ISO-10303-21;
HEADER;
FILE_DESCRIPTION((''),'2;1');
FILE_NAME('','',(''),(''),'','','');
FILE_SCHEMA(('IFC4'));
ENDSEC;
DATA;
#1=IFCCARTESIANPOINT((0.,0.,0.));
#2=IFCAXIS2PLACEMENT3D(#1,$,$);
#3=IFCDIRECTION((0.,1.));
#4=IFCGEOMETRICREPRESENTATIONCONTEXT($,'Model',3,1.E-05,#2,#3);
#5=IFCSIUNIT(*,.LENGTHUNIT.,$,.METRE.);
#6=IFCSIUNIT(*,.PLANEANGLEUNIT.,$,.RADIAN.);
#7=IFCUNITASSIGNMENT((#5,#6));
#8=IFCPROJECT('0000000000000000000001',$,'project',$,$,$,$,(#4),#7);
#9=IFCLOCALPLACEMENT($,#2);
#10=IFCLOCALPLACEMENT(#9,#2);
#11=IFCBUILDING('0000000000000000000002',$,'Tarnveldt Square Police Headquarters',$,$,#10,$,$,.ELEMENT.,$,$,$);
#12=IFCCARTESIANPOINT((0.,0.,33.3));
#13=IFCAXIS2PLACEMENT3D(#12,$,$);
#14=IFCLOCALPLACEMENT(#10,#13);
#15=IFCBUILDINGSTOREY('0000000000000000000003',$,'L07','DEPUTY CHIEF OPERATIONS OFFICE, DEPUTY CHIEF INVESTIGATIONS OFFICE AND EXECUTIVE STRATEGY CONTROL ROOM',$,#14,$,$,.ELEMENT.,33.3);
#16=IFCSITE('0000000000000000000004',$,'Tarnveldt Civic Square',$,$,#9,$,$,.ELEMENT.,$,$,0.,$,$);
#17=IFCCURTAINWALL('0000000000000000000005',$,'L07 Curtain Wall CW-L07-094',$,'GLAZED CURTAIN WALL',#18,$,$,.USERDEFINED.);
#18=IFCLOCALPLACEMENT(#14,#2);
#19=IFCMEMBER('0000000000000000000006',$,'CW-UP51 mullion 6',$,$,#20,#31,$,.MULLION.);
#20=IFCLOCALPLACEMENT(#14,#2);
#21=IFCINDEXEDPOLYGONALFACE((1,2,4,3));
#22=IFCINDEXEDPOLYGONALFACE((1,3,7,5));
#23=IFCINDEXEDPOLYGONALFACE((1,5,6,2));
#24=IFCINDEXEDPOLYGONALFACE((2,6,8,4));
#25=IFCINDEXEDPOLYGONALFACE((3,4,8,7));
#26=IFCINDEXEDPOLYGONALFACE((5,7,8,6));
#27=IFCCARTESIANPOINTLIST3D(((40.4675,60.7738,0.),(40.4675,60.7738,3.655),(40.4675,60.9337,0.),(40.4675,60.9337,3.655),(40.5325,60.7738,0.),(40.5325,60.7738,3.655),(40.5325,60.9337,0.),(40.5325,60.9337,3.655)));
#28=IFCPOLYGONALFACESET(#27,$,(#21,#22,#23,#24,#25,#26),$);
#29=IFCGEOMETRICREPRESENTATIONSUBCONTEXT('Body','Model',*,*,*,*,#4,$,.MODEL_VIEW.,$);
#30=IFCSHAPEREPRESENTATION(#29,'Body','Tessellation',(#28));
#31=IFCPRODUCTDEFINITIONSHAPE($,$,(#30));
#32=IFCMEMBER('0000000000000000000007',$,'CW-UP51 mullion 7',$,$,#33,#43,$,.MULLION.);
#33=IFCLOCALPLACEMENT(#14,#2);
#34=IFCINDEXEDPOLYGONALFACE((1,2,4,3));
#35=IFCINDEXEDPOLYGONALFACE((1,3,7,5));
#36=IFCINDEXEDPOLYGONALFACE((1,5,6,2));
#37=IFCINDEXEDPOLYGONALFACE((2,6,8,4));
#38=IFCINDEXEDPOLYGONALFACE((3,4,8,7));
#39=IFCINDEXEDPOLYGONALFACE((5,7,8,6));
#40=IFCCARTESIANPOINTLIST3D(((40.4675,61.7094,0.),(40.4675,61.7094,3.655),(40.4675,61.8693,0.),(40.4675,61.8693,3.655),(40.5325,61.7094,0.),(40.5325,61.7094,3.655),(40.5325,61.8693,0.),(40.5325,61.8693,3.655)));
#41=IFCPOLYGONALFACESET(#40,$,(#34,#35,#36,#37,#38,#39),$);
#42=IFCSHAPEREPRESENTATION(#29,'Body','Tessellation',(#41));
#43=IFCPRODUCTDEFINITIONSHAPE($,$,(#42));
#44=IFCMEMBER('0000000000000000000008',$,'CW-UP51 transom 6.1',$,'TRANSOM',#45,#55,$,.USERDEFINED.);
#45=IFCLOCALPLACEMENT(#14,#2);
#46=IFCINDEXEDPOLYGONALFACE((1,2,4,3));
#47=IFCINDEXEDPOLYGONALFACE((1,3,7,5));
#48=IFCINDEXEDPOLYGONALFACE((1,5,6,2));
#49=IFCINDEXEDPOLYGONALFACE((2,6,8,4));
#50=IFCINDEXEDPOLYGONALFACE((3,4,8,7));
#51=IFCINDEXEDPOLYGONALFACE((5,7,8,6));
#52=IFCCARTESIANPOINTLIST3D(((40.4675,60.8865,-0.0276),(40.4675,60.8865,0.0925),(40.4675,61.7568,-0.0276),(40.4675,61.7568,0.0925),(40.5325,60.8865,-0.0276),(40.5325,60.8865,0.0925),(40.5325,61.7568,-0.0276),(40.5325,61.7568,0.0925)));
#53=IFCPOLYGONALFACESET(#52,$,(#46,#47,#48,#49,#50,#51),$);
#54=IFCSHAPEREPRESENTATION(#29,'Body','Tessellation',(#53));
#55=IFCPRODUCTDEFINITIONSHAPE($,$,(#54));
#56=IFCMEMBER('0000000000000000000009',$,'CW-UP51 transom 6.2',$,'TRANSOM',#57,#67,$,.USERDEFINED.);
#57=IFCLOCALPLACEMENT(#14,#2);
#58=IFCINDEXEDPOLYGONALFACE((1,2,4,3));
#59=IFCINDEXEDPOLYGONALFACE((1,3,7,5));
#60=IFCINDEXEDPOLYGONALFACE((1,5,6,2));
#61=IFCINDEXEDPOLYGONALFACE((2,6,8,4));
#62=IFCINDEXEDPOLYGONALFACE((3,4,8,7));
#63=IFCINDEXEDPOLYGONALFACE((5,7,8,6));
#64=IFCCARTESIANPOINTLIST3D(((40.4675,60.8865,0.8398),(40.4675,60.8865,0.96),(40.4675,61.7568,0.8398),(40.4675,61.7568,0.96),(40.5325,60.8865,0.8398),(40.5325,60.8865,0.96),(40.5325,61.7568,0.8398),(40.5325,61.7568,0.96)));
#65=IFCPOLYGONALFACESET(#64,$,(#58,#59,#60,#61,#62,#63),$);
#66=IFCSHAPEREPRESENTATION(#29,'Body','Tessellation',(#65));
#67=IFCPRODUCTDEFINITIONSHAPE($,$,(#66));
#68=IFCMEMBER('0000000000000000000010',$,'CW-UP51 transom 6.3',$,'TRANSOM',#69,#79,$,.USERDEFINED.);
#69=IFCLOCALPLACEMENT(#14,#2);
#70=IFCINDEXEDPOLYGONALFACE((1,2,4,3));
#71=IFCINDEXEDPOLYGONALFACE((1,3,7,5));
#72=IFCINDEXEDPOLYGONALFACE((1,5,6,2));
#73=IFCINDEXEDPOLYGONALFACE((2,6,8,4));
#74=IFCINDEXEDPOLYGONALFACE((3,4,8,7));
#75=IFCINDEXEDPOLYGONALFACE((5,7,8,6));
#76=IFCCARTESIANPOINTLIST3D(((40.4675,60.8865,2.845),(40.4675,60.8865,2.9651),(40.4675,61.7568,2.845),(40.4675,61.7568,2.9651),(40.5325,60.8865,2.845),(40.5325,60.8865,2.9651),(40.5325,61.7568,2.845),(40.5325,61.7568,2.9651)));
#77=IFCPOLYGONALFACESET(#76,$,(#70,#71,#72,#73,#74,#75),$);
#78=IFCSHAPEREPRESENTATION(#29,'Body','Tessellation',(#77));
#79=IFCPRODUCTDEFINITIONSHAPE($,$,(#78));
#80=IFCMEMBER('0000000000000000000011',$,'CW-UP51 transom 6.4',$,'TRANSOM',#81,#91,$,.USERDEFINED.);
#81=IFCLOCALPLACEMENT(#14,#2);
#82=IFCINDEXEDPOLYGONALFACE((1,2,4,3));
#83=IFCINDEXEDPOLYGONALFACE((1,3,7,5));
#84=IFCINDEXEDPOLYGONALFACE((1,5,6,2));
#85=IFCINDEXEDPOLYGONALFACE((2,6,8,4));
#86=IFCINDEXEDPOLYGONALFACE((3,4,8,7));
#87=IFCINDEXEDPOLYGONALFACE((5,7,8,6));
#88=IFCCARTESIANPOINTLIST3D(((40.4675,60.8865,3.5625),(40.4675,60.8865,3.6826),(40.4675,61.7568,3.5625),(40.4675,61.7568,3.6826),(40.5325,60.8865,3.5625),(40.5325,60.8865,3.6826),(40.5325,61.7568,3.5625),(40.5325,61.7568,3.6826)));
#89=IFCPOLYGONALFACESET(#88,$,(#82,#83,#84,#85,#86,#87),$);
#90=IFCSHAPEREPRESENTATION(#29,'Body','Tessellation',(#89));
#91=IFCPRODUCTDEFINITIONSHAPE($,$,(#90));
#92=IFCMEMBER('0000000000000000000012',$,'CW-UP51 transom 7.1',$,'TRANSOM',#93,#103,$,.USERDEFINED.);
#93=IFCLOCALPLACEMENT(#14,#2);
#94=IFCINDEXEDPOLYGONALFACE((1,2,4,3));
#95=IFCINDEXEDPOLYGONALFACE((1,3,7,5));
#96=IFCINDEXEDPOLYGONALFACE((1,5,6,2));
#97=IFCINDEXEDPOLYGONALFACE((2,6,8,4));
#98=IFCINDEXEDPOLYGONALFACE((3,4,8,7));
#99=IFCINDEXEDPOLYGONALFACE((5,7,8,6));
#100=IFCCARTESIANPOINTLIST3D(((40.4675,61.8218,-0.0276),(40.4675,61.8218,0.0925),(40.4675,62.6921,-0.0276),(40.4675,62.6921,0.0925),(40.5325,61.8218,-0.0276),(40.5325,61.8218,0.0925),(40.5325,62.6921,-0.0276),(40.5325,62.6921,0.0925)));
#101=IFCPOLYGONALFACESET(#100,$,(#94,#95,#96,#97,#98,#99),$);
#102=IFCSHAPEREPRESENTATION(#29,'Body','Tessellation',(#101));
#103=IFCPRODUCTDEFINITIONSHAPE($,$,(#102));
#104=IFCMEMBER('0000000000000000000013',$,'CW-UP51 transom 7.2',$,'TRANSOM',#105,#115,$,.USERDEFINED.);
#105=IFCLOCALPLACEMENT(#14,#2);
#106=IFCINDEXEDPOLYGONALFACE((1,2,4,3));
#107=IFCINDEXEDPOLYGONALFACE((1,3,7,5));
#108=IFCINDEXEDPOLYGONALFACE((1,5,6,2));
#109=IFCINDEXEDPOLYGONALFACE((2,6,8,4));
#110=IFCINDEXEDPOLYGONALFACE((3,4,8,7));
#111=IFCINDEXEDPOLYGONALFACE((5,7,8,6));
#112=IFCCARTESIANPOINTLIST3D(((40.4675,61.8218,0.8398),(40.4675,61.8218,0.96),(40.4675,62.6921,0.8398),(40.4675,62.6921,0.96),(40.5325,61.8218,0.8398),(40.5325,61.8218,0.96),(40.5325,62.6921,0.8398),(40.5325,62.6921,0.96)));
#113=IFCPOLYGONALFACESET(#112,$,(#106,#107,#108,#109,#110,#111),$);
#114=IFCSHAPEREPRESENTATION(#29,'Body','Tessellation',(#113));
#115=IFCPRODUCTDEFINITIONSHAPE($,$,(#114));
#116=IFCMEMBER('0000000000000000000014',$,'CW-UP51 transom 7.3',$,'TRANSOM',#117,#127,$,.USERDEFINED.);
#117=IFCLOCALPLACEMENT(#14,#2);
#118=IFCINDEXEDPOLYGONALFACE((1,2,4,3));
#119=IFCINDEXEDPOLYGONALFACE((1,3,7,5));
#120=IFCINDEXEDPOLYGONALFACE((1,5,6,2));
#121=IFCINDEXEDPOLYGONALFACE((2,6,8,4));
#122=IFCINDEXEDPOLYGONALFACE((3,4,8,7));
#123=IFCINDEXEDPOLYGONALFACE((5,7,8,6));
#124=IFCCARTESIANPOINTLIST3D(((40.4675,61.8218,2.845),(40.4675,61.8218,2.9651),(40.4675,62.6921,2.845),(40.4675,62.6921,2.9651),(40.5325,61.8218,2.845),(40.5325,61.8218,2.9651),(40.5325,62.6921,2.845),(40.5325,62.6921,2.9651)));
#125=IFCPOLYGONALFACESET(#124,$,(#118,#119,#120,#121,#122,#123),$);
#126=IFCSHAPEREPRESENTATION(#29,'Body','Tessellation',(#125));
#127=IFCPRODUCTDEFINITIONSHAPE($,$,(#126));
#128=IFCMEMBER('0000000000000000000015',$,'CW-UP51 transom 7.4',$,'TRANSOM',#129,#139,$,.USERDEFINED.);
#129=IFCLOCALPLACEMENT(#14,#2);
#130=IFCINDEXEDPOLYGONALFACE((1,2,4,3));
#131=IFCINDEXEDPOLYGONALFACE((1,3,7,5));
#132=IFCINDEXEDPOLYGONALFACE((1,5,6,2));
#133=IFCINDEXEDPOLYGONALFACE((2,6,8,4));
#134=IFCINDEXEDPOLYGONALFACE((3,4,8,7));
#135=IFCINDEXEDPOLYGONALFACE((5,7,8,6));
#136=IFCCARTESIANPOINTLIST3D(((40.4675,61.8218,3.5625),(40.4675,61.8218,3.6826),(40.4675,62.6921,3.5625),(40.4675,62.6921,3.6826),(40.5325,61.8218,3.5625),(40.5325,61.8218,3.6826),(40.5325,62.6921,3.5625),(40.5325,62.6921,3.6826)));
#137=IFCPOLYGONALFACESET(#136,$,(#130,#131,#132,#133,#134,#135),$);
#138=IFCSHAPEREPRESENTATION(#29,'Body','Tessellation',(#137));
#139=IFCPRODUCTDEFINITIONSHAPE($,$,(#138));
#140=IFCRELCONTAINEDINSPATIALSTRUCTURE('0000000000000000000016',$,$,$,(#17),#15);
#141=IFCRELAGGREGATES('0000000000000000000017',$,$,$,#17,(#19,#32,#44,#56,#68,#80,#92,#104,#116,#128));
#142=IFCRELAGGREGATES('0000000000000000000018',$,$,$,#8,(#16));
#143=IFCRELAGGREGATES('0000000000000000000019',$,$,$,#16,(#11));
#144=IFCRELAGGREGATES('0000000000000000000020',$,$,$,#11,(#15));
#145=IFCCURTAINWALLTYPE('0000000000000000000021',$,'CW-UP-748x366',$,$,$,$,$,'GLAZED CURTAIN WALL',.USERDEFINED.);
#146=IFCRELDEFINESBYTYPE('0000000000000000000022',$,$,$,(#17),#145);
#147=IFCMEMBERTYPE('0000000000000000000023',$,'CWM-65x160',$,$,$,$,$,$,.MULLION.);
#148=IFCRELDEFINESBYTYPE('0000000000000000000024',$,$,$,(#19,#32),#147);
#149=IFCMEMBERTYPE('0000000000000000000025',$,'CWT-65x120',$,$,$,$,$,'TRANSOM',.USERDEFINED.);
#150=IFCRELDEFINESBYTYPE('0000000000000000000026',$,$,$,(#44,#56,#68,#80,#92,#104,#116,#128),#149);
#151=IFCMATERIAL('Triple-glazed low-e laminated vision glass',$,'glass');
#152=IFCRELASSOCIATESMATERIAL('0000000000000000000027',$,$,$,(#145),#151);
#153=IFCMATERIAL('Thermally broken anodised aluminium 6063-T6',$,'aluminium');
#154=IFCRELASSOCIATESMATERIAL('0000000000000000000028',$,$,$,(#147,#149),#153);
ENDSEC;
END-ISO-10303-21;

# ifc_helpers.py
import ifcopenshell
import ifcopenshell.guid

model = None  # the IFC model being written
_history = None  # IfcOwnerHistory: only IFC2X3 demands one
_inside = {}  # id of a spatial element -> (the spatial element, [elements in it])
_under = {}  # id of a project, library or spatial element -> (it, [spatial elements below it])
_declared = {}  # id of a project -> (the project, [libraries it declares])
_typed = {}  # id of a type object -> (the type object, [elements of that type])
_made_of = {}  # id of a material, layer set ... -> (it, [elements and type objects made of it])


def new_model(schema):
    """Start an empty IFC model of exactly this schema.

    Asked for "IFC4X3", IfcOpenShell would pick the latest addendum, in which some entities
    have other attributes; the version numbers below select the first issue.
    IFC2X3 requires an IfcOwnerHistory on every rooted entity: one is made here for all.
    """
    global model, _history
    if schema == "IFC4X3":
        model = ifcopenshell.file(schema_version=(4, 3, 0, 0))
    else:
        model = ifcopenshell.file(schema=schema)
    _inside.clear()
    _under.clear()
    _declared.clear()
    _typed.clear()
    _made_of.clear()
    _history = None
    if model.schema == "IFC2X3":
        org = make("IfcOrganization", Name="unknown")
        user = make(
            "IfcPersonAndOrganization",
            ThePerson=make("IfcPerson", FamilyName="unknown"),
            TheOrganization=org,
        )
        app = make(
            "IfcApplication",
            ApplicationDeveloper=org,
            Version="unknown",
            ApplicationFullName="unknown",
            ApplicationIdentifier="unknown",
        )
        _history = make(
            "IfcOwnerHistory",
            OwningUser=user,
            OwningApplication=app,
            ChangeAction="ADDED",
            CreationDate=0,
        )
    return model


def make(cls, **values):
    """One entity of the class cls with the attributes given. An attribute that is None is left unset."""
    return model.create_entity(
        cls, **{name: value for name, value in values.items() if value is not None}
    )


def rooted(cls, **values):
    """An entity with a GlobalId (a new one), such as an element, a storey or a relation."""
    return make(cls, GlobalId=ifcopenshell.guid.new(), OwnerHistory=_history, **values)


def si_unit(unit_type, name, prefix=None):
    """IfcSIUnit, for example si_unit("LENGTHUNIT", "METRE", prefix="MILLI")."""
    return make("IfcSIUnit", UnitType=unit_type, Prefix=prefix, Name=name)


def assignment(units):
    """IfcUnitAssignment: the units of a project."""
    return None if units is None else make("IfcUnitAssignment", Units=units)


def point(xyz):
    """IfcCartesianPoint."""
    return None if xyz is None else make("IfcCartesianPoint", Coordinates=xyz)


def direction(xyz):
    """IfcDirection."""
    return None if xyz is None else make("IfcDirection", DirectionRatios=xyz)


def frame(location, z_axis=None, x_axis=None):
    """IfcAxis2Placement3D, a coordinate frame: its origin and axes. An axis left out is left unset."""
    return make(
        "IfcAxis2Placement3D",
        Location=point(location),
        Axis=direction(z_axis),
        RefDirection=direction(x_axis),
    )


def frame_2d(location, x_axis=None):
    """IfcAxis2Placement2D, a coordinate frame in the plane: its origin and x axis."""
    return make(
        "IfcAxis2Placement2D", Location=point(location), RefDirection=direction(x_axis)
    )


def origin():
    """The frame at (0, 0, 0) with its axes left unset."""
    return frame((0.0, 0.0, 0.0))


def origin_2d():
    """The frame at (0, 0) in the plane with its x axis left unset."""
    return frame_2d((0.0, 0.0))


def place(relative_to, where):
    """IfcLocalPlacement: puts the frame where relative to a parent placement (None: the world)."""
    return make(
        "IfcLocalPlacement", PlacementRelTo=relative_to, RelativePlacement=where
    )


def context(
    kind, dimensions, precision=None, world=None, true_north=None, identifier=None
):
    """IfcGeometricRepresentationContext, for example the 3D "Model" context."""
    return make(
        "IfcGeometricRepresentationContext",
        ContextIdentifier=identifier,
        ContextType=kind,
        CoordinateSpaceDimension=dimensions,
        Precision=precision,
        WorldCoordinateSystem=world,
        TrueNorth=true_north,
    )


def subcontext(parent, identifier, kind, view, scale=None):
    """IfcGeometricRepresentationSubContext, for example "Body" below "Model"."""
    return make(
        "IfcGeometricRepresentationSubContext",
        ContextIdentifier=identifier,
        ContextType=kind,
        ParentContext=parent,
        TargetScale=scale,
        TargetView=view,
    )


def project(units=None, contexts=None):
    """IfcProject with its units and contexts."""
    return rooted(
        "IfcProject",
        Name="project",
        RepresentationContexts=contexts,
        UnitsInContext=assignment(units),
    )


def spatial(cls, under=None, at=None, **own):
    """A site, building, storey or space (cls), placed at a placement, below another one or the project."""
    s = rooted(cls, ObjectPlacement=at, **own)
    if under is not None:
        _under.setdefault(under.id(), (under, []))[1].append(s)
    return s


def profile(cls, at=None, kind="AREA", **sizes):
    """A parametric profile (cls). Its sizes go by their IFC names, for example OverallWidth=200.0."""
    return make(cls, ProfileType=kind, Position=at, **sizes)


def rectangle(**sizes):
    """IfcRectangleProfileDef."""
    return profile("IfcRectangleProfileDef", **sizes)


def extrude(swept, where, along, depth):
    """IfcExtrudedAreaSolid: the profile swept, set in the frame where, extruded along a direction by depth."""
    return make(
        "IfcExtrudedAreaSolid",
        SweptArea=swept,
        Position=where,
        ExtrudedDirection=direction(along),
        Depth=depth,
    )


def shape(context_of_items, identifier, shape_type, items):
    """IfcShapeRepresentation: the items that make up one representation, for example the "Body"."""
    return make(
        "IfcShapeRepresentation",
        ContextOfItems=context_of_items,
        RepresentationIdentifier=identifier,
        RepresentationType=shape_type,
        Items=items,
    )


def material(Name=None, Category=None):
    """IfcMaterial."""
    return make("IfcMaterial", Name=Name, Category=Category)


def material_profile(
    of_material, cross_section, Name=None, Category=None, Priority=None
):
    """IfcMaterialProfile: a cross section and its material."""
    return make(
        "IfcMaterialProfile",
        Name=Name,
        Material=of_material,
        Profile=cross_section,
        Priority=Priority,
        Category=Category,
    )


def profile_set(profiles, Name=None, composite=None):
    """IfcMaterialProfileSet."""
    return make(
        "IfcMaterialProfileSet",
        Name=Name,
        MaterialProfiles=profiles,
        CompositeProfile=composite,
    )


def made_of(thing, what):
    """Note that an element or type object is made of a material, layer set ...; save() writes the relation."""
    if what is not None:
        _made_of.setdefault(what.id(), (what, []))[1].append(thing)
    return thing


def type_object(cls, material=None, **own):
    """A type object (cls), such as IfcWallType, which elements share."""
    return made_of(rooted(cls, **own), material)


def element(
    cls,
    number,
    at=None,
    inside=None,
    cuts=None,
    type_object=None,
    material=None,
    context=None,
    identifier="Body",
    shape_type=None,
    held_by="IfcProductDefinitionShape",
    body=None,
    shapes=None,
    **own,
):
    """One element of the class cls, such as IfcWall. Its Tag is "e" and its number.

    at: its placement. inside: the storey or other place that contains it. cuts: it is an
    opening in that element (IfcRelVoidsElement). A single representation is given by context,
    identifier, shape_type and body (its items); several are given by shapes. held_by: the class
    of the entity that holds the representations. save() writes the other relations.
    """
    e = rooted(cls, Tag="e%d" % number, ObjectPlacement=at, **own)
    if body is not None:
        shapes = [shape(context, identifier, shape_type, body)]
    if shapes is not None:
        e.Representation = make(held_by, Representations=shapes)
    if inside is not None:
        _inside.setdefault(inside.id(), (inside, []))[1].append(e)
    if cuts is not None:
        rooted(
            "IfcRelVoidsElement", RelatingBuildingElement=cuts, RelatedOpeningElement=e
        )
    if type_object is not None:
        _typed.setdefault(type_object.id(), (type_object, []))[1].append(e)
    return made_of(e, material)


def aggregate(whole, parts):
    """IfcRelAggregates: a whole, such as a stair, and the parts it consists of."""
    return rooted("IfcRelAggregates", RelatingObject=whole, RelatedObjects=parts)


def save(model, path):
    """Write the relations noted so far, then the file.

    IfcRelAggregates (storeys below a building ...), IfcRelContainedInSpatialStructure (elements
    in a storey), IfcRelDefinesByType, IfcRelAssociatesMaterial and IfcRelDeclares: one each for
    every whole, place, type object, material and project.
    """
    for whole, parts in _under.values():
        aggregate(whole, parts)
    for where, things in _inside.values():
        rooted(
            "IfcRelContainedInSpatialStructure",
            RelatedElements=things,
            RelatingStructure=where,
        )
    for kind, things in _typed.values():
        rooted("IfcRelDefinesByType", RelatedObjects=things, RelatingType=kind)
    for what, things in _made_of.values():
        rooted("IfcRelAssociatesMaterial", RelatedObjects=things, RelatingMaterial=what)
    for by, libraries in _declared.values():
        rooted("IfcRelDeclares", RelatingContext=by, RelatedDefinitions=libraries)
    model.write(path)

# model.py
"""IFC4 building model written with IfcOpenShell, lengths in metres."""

from ifc_helpers import new_model, si_unit, direction, frame, origin, origin_2d, place, context, subcontext, project, spatial, rectangle, extrude, material, material_profile, profile_set, type_object, element, aggregate, save


model = new_model("IFC4")

# Units and contexts
model_context = context("Model", 3, precision=1e-05, world=origin(), true_north=direction((0.0, 1.0)))
body_context = subcontext(model_context, "Body", "Model", "MODEL_VIEW")
ifc_project = project(units=[si_unit("LENGTHUNIT", "METRE"), si_unit("PLANEANGLEUNIT", "RADIAN")], contexts=[model_context])

# Site, building, storey
site_placement = place(None, origin())
site = spatial("IfcSite", under=ifc_project, at=site_placement, Name="Tarnveldt Civic Square", CompositionType="ELEMENT", RefElevation=0.0)
building_placement = place(site_placement, origin())
building = spatial("IfcBuilding", under=site, at=building_placement, Name="Tarnveldt Square Police Headquarters", CompositionType="ELEMENT")
storey_placement = place(building_placement, frame((0.0, 0.0, 33.3)))
storey = spatial("IfcBuildingStorey", under=building, at=storey_placement, Name="L07", Description="DEPUTY CHIEF OPERATIONS OFFICE, DEPUTY CHIEF INVESTIGATIONS OFFICE AND EXECUTIVE STRATEGY CONTROL ROOM", CompositionType="ELEMENT", Elevation=33.3)

# Curtain wall, members
ifc_material_1 = material(Name="Triple-glazed low-e laminated vision glass", Category="glass")
curtain_wall_type = type_object("IfcCurtainWallType", Name="CW-UP-748x366", ElementType="GLAZED CURTAIN WALL", PredefinedType="USERDEFINED", material=ifc_material_1)
curtain_wall_placement = place(storey_placement, origin())
curtain_wall = element("IfcCurtainWall", 1, at=curtain_wall_placement, inside=storey, type_object=curtain_wall_type, Name="L07 Curtain Wall CW-L07-094", ObjectType="GLAZED CURTAIN WALL", PredefinedType="USERDEFINED")
ifc_material_2 = material(Name="Thermally broken anodised aluminium 6063-T6", Category="aluminium")
ifc_material_profile_1 = material_profile(ifc_material_2, rectangle(XDim=0.0649, YDim=0.1599, at=origin_2d()), Name="CW-M65x160")
ifc_profile_set_1 = profile_set([ifc_material_profile_1], Name="Thermally broken anodised aluminium 6063-T6")
member_type_1 = type_object("IfcMemberType", Name="CWM-65x160", PredefinedType="MULLION", material=ifc_profile_set_1)
member_1_placement = place(storey_placement, frame((40.5, 60.8538, 0.0), z_axis=(0.0, 0.0, 1.0), x_axis=(-1.0, 0.0, 0.0)))
member_1 = element("IfcMember", 2, at=member_1_placement, type_object=member_type_1, Name="CW-UP51 mullion 6", PredefinedType="MULLION", context=body_context, shape_type="SweptSolid", body=[
    extrude(rectangle(XDim=0.0649, YDim=0.1599, at=origin_2d()), origin(), (0.0, 0.0, 1.0), 3.655),
])
member_2_placement = place(storey_placement, frame((40.5, 61.7893, 0.0), z_axis=(0.0, 0.0, 1.0), x_axis=(-1.0, 0.0, 0.0)))
member_2 = element("IfcMember", 3, at=member_2_placement, type_object=member_type_1, Name="CW-UP51 mullion 7", PredefinedType="MULLION", context=body_context, shape_type="SweptSolid", body=[
    extrude(rectangle(XDim=0.0649, YDim=0.1599, at=origin_2d()), origin(), (0.0, 0.0, 1.0), 3.655),
])
ifc_material_profile_2 = material_profile(ifc_material_2, rectangle(XDim=0.0649, YDim=0.1201, at=origin_2d()), Name="CW-T65x120")
ifc_profile_set_2 = profile_set([ifc_material_profile_2], Name="Thermally broken anodised aluminium 6063-T6")
member_type_2 = type_object("IfcMemberType", Name="CWT-65x120", ElementType="TRANSOM", PredefinedType="USERDEFINED", material=ifc_profile_set_2)
member_3_placement = place(storey_placement, frame((40.5, 60.8865, 0.0325), z_axis=(0.0, 1.0, 0.0), x_axis=(-1.0, 0.0, 0.0)))
member_3 = element("IfcMember", 4, at=member_3_placement, type_object=member_type_2, Name="CW-UP51 transom 6.1", ObjectType="TRANSOM", PredefinedType="USERDEFINED", context=body_context, shape_type="SweptSolid", body=[
    extrude(rectangle(XDim=0.0649, YDim=0.1201, at=origin_2d()), origin(), (0.0, 0.0, 1.0), 0.8704),
])
member_4_placement = place(storey_placement, frame((40.5, 60.8865, 0.8999), z_axis=(0.0, 1.0, 0.0), x_axis=(-1.0, 0.0, 0.0)))
member_4 = element("IfcMember", 5, at=member_4_placement, type_object=member_type_2, Name="CW-UP51 transom 6.2", ObjectType="TRANSOM", PredefinedType="USERDEFINED", context=body_context, shape_type="SweptSolid", body=[
    extrude(rectangle(XDim=0.0649, YDim=0.1201, at=origin_2d()), origin(), (0.0, 0.0, 1.0), 0.8704),
])
member_5_placement = place(storey_placement, frame((40.5, 60.8865, 2.905), z_axis=(0.0, 1.0, 0.0), x_axis=(-1.0, 0.0, 0.0)))
member_5 = element("IfcMember", 6, at=member_5_placement, type_object=member_type_2, Name="CW-UP51 transom 6.3", ObjectType="TRANSOM", PredefinedType="USERDEFINED", context=body_context, shape_type="SweptSolid", body=[
    extrude(rectangle(XDim=0.0649, YDim=0.1201, at=origin_2d()), origin(), (0.0, 0.0, 1.0), 0.8704),
])
member_6_placement = place(storey_placement, frame((40.5, 60.8865, 3.6226), z_axis=(0.0, 1.0, 0.0), x_axis=(-1.0, 0.0, 0.0)))
member_6 = element("IfcMember", 7, at=member_6_placement, type_object=member_type_2, Name="CW-UP51 transom 6.4", ObjectType="TRANSOM", PredefinedType="USERDEFINED", context=body_context, shape_type="SweptSolid", body=[
    extrude(rectangle(XDim=0.0649, YDim=0.1201, at=origin_2d()), origin(), (0.0, 0.0, 1.0), 0.8704),
])
member_7_placement = place(storey_placement, frame((40.5, 61.8218, 0.0325), z_axis=(0.0, 1.0, 0.0), x_axis=(-1.0, 0.0, 0.0)))
member_7 = element("IfcMember", 8, at=member_7_placement, type_object=member_type_2, Name="CW-UP51 transom 7.1", ObjectType="TRANSOM", PredefinedType="USERDEFINED", context=body_context, shape_type="SweptSolid", body=[
    extrude(rectangle(XDim=0.0649, YDim=0.1201, at=origin_2d()), origin(), (0.0, 0.0, 1.0), 0.8704),
])
member_8_placement = place(storey_placement, frame((40.5, 61.8218, 0.8999), z_axis=(0.0, 1.0, 0.0), x_axis=(-1.0, 0.0, 0.0)))
member_8 = element("IfcMember", 9, at=member_8_placement, type_object=member_type_2, Name="CW-UP51 transom 7.2", ObjectType="TRANSOM", PredefinedType="USERDEFINED", context=body_context, shape_type="SweptSolid", body=[
    extrude(rectangle(XDim=0.0649, YDim=0.1201, at=origin_2d()), origin(), (0.0, 0.0, 1.0), 0.8704),
])
member_9_placement = place(storey_placement, frame((40.5, 61.8218, 2.905), z_axis=(0.0, 1.0, 0.0), x_axis=(-1.0, 0.0, 0.0)))
member_9 = element("IfcMember", 10, at=member_9_placement, type_object=member_type_2, Name="CW-UP51 transom 7.3", ObjectType="TRANSOM", PredefinedType="USERDEFINED", context=body_context, shape_type="SweptSolid", body=[
    extrude(rectangle(XDim=0.0649, YDim=0.1201, at=origin_2d()), origin(), (0.0, 0.0, 1.0), 0.8704),
])
member_10_placement = place(storey_placement, frame((40.5, 61.8218, 3.6226), z_axis=(0.0, 1.0, 0.0), x_axis=(-1.0, 0.0, 0.0)))
member_10 = element("IfcMember", 11, at=member_10_placement, type_object=member_type_2, Name="CW-UP51 transom 7.4", ObjectType="TRANSOM", PredefinedType="USERDEFINED", context=body_context, shape_type="SweptSolid", body=[
    extrude(rectangle(XDim=0.0649, YDim=0.1201, at=origin_2d()), origin(), (0.0, 0.0, 1.0), 0.8704),
])

aggregate(curtain_wall, [member_1, member_2, member_3, member_4, member_5, member_6, member_7, member_8, member_9, member_10])

save(model, "model.ifc")
